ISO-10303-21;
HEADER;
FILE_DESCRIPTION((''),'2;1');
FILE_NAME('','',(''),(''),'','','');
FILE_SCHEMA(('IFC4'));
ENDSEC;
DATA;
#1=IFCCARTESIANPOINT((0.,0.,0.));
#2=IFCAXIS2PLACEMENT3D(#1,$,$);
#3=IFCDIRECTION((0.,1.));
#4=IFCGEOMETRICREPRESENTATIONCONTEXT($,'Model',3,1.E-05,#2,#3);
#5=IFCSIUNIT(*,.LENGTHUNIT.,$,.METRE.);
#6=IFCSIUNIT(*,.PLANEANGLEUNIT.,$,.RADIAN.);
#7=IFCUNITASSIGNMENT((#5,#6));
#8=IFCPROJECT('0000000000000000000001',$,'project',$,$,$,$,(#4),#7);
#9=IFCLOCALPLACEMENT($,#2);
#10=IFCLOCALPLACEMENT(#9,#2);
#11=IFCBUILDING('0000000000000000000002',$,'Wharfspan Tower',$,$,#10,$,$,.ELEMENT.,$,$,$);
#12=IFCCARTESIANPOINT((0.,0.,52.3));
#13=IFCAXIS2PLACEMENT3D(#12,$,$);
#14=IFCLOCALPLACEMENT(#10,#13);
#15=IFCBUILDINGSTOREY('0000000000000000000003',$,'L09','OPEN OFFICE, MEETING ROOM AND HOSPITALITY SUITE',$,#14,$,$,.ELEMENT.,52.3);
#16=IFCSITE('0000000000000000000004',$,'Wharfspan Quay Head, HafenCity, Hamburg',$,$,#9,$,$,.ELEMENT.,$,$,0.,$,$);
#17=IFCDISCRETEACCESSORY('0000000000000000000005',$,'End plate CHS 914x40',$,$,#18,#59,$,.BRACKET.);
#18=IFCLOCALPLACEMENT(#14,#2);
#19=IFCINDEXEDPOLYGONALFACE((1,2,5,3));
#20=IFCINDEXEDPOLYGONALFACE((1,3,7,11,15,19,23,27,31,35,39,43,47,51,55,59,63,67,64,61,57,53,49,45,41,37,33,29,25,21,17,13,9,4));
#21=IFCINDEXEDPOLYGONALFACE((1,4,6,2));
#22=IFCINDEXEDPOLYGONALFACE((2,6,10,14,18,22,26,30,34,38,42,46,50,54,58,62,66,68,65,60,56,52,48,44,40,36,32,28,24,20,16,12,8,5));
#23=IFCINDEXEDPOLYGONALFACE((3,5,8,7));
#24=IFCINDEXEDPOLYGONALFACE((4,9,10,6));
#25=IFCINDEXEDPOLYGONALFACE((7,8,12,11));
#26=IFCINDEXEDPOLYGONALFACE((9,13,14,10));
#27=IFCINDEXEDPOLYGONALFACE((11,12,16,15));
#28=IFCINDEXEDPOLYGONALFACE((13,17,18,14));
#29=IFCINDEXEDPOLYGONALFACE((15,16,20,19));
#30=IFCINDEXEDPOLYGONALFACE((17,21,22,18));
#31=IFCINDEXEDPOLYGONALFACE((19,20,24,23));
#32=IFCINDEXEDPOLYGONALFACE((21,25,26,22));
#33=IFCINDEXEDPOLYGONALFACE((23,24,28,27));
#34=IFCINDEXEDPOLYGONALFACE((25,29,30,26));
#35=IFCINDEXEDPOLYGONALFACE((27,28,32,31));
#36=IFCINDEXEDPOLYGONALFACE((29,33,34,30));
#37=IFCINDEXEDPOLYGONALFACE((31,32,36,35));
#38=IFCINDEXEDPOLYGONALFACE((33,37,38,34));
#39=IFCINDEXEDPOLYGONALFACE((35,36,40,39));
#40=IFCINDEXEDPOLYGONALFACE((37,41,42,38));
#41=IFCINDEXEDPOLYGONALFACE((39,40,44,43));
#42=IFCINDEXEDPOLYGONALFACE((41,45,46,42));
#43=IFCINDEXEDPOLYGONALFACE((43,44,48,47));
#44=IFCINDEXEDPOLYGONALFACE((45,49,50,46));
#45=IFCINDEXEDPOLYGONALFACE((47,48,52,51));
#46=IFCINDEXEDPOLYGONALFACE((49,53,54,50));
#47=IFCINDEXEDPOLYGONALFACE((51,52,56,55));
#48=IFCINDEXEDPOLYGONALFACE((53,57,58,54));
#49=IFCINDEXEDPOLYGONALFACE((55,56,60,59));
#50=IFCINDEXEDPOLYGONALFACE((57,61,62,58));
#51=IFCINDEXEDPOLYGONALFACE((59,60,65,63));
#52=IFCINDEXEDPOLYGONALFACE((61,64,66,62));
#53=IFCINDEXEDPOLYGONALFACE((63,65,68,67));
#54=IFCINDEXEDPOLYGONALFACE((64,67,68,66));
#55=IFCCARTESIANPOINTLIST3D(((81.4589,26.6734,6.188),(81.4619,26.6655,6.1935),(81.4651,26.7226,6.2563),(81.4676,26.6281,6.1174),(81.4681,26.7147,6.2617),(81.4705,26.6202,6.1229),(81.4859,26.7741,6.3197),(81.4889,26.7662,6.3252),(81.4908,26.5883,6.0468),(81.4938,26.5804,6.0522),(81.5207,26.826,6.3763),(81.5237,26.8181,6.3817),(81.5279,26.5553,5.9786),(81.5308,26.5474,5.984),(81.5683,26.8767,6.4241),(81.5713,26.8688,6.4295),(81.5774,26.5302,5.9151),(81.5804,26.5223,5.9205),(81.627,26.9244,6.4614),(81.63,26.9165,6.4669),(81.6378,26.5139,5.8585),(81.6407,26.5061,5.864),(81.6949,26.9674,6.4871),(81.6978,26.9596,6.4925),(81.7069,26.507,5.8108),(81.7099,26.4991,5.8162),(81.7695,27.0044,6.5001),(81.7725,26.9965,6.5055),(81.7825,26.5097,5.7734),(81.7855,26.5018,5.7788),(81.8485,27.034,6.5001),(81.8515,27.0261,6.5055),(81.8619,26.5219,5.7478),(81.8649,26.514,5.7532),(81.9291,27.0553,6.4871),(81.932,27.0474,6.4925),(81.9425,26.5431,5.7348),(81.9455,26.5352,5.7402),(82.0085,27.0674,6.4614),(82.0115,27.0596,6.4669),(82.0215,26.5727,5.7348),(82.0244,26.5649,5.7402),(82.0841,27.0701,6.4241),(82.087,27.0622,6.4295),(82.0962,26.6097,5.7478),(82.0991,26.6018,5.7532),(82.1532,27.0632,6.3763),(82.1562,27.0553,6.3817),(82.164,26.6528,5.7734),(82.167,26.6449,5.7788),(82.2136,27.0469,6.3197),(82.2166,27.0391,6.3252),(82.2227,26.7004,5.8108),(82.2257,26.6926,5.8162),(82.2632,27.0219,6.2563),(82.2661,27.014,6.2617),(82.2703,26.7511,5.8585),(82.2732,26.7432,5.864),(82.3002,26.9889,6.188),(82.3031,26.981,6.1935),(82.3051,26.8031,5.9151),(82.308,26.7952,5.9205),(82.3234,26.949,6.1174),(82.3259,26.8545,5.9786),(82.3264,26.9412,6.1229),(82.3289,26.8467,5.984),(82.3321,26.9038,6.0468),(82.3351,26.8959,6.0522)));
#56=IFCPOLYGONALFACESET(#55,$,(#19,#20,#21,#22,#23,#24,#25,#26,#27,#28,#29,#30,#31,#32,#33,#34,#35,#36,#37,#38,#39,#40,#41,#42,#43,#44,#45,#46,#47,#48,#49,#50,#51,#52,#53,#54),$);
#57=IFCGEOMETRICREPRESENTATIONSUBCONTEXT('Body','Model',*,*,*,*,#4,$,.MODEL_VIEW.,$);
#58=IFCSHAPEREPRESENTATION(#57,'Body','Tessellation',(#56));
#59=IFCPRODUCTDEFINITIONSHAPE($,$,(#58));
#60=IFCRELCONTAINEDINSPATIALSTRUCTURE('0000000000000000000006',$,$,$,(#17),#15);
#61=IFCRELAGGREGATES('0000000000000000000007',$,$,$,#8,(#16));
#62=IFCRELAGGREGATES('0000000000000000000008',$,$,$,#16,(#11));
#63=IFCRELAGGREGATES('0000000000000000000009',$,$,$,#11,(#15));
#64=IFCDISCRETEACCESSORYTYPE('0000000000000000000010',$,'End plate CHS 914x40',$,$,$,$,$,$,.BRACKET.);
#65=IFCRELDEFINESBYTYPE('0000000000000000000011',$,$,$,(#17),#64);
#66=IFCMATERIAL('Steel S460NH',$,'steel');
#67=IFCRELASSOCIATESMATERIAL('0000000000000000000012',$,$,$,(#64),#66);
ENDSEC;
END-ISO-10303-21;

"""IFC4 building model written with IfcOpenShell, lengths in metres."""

from ifc_helpers import new_model, si_unit, direction, frame, origin, origin_2d, place, context, subcontext, project, spatial, circle, extrude, material, material_profile, profile_set, type_object, element, save


model = new_model("IFC4")

# Units and contexts
model_context = context("Model", 3, precision=1e-05, world=origin(), true_north=direction((0.0, 1.0)))
body_context = subcontext(model_context, "Body", "Model", "MODEL_VIEW")
ifc_project = project(units=[si_unit("LENGTHUNIT", "METRE"), si_unit("PLANEANGLEUNIT", "RADIAN")], contexts=[model_context])

# Site, building, storey
site_placement = place(None, origin())
site = spatial("IfcSite", under=ifc_project, at=site_placement, Name="Wharfspan Quay Head, HafenCity, Hamburg", CompositionType="ELEMENT", RefElevation=0.0)
building_placement = place(site_placement, origin())
building = spatial("IfcBuilding", under=site, at=building_placement, Name="Wharfspan Tower", CompositionType="ELEMENT")
storey_placement = place(building_placement, frame((0.0, 0.0, 52.3)))
storey = spatial("IfcBuildingStorey", under=building, at=storey_placement, Name="L09", Description="OPEN OFFICE, MEETING ROOM AND HOSPITALITY SUITE", CompositionType="ELEMENT", Elevation=52.3)

# Shared definitions
ifc_material_1 = material(Name="Steel S460NH", Category="steel")

# Discrete accessory
ifc_material_profile_1 = material_profile(ifc_material_1, circle(Radius=0.457, at=origin_2d()))
ifc_profile_set_1 = profile_set([ifc_material_profile_1], Name="Steel S460NH")
discrete_accessory_type = type_object("IfcDiscreteAccessoryType", Name="End plate CHS 914x40", PredefinedType="BRACKET", material=ifc_profile_set_1)
for number, where, z_axis, x_axis, name in (
    (1, (81.8955, 26.7886, 6.1174), (0.295241, -0.787309, 0.541275), (0.936333, 0.351125, 0.0), "End plate CHS 914x40"),
):
    element("IfcDiscreteAccessory", number, at=place(storey_placement, frame(where, z_axis=z_axis, x_axis=x_axis)), inside=storey, type_object=discrete_accessory_type, Name=name, PredefinedType="BRACKET", context=body_context, shape_type="SweptSolid", body=[
        extrude(circle(Radius=0.457, at=origin_2d()), origin(), (0.0, 0.0, 1.0), 0.01),
    ])

save(model, "model.ifc")
